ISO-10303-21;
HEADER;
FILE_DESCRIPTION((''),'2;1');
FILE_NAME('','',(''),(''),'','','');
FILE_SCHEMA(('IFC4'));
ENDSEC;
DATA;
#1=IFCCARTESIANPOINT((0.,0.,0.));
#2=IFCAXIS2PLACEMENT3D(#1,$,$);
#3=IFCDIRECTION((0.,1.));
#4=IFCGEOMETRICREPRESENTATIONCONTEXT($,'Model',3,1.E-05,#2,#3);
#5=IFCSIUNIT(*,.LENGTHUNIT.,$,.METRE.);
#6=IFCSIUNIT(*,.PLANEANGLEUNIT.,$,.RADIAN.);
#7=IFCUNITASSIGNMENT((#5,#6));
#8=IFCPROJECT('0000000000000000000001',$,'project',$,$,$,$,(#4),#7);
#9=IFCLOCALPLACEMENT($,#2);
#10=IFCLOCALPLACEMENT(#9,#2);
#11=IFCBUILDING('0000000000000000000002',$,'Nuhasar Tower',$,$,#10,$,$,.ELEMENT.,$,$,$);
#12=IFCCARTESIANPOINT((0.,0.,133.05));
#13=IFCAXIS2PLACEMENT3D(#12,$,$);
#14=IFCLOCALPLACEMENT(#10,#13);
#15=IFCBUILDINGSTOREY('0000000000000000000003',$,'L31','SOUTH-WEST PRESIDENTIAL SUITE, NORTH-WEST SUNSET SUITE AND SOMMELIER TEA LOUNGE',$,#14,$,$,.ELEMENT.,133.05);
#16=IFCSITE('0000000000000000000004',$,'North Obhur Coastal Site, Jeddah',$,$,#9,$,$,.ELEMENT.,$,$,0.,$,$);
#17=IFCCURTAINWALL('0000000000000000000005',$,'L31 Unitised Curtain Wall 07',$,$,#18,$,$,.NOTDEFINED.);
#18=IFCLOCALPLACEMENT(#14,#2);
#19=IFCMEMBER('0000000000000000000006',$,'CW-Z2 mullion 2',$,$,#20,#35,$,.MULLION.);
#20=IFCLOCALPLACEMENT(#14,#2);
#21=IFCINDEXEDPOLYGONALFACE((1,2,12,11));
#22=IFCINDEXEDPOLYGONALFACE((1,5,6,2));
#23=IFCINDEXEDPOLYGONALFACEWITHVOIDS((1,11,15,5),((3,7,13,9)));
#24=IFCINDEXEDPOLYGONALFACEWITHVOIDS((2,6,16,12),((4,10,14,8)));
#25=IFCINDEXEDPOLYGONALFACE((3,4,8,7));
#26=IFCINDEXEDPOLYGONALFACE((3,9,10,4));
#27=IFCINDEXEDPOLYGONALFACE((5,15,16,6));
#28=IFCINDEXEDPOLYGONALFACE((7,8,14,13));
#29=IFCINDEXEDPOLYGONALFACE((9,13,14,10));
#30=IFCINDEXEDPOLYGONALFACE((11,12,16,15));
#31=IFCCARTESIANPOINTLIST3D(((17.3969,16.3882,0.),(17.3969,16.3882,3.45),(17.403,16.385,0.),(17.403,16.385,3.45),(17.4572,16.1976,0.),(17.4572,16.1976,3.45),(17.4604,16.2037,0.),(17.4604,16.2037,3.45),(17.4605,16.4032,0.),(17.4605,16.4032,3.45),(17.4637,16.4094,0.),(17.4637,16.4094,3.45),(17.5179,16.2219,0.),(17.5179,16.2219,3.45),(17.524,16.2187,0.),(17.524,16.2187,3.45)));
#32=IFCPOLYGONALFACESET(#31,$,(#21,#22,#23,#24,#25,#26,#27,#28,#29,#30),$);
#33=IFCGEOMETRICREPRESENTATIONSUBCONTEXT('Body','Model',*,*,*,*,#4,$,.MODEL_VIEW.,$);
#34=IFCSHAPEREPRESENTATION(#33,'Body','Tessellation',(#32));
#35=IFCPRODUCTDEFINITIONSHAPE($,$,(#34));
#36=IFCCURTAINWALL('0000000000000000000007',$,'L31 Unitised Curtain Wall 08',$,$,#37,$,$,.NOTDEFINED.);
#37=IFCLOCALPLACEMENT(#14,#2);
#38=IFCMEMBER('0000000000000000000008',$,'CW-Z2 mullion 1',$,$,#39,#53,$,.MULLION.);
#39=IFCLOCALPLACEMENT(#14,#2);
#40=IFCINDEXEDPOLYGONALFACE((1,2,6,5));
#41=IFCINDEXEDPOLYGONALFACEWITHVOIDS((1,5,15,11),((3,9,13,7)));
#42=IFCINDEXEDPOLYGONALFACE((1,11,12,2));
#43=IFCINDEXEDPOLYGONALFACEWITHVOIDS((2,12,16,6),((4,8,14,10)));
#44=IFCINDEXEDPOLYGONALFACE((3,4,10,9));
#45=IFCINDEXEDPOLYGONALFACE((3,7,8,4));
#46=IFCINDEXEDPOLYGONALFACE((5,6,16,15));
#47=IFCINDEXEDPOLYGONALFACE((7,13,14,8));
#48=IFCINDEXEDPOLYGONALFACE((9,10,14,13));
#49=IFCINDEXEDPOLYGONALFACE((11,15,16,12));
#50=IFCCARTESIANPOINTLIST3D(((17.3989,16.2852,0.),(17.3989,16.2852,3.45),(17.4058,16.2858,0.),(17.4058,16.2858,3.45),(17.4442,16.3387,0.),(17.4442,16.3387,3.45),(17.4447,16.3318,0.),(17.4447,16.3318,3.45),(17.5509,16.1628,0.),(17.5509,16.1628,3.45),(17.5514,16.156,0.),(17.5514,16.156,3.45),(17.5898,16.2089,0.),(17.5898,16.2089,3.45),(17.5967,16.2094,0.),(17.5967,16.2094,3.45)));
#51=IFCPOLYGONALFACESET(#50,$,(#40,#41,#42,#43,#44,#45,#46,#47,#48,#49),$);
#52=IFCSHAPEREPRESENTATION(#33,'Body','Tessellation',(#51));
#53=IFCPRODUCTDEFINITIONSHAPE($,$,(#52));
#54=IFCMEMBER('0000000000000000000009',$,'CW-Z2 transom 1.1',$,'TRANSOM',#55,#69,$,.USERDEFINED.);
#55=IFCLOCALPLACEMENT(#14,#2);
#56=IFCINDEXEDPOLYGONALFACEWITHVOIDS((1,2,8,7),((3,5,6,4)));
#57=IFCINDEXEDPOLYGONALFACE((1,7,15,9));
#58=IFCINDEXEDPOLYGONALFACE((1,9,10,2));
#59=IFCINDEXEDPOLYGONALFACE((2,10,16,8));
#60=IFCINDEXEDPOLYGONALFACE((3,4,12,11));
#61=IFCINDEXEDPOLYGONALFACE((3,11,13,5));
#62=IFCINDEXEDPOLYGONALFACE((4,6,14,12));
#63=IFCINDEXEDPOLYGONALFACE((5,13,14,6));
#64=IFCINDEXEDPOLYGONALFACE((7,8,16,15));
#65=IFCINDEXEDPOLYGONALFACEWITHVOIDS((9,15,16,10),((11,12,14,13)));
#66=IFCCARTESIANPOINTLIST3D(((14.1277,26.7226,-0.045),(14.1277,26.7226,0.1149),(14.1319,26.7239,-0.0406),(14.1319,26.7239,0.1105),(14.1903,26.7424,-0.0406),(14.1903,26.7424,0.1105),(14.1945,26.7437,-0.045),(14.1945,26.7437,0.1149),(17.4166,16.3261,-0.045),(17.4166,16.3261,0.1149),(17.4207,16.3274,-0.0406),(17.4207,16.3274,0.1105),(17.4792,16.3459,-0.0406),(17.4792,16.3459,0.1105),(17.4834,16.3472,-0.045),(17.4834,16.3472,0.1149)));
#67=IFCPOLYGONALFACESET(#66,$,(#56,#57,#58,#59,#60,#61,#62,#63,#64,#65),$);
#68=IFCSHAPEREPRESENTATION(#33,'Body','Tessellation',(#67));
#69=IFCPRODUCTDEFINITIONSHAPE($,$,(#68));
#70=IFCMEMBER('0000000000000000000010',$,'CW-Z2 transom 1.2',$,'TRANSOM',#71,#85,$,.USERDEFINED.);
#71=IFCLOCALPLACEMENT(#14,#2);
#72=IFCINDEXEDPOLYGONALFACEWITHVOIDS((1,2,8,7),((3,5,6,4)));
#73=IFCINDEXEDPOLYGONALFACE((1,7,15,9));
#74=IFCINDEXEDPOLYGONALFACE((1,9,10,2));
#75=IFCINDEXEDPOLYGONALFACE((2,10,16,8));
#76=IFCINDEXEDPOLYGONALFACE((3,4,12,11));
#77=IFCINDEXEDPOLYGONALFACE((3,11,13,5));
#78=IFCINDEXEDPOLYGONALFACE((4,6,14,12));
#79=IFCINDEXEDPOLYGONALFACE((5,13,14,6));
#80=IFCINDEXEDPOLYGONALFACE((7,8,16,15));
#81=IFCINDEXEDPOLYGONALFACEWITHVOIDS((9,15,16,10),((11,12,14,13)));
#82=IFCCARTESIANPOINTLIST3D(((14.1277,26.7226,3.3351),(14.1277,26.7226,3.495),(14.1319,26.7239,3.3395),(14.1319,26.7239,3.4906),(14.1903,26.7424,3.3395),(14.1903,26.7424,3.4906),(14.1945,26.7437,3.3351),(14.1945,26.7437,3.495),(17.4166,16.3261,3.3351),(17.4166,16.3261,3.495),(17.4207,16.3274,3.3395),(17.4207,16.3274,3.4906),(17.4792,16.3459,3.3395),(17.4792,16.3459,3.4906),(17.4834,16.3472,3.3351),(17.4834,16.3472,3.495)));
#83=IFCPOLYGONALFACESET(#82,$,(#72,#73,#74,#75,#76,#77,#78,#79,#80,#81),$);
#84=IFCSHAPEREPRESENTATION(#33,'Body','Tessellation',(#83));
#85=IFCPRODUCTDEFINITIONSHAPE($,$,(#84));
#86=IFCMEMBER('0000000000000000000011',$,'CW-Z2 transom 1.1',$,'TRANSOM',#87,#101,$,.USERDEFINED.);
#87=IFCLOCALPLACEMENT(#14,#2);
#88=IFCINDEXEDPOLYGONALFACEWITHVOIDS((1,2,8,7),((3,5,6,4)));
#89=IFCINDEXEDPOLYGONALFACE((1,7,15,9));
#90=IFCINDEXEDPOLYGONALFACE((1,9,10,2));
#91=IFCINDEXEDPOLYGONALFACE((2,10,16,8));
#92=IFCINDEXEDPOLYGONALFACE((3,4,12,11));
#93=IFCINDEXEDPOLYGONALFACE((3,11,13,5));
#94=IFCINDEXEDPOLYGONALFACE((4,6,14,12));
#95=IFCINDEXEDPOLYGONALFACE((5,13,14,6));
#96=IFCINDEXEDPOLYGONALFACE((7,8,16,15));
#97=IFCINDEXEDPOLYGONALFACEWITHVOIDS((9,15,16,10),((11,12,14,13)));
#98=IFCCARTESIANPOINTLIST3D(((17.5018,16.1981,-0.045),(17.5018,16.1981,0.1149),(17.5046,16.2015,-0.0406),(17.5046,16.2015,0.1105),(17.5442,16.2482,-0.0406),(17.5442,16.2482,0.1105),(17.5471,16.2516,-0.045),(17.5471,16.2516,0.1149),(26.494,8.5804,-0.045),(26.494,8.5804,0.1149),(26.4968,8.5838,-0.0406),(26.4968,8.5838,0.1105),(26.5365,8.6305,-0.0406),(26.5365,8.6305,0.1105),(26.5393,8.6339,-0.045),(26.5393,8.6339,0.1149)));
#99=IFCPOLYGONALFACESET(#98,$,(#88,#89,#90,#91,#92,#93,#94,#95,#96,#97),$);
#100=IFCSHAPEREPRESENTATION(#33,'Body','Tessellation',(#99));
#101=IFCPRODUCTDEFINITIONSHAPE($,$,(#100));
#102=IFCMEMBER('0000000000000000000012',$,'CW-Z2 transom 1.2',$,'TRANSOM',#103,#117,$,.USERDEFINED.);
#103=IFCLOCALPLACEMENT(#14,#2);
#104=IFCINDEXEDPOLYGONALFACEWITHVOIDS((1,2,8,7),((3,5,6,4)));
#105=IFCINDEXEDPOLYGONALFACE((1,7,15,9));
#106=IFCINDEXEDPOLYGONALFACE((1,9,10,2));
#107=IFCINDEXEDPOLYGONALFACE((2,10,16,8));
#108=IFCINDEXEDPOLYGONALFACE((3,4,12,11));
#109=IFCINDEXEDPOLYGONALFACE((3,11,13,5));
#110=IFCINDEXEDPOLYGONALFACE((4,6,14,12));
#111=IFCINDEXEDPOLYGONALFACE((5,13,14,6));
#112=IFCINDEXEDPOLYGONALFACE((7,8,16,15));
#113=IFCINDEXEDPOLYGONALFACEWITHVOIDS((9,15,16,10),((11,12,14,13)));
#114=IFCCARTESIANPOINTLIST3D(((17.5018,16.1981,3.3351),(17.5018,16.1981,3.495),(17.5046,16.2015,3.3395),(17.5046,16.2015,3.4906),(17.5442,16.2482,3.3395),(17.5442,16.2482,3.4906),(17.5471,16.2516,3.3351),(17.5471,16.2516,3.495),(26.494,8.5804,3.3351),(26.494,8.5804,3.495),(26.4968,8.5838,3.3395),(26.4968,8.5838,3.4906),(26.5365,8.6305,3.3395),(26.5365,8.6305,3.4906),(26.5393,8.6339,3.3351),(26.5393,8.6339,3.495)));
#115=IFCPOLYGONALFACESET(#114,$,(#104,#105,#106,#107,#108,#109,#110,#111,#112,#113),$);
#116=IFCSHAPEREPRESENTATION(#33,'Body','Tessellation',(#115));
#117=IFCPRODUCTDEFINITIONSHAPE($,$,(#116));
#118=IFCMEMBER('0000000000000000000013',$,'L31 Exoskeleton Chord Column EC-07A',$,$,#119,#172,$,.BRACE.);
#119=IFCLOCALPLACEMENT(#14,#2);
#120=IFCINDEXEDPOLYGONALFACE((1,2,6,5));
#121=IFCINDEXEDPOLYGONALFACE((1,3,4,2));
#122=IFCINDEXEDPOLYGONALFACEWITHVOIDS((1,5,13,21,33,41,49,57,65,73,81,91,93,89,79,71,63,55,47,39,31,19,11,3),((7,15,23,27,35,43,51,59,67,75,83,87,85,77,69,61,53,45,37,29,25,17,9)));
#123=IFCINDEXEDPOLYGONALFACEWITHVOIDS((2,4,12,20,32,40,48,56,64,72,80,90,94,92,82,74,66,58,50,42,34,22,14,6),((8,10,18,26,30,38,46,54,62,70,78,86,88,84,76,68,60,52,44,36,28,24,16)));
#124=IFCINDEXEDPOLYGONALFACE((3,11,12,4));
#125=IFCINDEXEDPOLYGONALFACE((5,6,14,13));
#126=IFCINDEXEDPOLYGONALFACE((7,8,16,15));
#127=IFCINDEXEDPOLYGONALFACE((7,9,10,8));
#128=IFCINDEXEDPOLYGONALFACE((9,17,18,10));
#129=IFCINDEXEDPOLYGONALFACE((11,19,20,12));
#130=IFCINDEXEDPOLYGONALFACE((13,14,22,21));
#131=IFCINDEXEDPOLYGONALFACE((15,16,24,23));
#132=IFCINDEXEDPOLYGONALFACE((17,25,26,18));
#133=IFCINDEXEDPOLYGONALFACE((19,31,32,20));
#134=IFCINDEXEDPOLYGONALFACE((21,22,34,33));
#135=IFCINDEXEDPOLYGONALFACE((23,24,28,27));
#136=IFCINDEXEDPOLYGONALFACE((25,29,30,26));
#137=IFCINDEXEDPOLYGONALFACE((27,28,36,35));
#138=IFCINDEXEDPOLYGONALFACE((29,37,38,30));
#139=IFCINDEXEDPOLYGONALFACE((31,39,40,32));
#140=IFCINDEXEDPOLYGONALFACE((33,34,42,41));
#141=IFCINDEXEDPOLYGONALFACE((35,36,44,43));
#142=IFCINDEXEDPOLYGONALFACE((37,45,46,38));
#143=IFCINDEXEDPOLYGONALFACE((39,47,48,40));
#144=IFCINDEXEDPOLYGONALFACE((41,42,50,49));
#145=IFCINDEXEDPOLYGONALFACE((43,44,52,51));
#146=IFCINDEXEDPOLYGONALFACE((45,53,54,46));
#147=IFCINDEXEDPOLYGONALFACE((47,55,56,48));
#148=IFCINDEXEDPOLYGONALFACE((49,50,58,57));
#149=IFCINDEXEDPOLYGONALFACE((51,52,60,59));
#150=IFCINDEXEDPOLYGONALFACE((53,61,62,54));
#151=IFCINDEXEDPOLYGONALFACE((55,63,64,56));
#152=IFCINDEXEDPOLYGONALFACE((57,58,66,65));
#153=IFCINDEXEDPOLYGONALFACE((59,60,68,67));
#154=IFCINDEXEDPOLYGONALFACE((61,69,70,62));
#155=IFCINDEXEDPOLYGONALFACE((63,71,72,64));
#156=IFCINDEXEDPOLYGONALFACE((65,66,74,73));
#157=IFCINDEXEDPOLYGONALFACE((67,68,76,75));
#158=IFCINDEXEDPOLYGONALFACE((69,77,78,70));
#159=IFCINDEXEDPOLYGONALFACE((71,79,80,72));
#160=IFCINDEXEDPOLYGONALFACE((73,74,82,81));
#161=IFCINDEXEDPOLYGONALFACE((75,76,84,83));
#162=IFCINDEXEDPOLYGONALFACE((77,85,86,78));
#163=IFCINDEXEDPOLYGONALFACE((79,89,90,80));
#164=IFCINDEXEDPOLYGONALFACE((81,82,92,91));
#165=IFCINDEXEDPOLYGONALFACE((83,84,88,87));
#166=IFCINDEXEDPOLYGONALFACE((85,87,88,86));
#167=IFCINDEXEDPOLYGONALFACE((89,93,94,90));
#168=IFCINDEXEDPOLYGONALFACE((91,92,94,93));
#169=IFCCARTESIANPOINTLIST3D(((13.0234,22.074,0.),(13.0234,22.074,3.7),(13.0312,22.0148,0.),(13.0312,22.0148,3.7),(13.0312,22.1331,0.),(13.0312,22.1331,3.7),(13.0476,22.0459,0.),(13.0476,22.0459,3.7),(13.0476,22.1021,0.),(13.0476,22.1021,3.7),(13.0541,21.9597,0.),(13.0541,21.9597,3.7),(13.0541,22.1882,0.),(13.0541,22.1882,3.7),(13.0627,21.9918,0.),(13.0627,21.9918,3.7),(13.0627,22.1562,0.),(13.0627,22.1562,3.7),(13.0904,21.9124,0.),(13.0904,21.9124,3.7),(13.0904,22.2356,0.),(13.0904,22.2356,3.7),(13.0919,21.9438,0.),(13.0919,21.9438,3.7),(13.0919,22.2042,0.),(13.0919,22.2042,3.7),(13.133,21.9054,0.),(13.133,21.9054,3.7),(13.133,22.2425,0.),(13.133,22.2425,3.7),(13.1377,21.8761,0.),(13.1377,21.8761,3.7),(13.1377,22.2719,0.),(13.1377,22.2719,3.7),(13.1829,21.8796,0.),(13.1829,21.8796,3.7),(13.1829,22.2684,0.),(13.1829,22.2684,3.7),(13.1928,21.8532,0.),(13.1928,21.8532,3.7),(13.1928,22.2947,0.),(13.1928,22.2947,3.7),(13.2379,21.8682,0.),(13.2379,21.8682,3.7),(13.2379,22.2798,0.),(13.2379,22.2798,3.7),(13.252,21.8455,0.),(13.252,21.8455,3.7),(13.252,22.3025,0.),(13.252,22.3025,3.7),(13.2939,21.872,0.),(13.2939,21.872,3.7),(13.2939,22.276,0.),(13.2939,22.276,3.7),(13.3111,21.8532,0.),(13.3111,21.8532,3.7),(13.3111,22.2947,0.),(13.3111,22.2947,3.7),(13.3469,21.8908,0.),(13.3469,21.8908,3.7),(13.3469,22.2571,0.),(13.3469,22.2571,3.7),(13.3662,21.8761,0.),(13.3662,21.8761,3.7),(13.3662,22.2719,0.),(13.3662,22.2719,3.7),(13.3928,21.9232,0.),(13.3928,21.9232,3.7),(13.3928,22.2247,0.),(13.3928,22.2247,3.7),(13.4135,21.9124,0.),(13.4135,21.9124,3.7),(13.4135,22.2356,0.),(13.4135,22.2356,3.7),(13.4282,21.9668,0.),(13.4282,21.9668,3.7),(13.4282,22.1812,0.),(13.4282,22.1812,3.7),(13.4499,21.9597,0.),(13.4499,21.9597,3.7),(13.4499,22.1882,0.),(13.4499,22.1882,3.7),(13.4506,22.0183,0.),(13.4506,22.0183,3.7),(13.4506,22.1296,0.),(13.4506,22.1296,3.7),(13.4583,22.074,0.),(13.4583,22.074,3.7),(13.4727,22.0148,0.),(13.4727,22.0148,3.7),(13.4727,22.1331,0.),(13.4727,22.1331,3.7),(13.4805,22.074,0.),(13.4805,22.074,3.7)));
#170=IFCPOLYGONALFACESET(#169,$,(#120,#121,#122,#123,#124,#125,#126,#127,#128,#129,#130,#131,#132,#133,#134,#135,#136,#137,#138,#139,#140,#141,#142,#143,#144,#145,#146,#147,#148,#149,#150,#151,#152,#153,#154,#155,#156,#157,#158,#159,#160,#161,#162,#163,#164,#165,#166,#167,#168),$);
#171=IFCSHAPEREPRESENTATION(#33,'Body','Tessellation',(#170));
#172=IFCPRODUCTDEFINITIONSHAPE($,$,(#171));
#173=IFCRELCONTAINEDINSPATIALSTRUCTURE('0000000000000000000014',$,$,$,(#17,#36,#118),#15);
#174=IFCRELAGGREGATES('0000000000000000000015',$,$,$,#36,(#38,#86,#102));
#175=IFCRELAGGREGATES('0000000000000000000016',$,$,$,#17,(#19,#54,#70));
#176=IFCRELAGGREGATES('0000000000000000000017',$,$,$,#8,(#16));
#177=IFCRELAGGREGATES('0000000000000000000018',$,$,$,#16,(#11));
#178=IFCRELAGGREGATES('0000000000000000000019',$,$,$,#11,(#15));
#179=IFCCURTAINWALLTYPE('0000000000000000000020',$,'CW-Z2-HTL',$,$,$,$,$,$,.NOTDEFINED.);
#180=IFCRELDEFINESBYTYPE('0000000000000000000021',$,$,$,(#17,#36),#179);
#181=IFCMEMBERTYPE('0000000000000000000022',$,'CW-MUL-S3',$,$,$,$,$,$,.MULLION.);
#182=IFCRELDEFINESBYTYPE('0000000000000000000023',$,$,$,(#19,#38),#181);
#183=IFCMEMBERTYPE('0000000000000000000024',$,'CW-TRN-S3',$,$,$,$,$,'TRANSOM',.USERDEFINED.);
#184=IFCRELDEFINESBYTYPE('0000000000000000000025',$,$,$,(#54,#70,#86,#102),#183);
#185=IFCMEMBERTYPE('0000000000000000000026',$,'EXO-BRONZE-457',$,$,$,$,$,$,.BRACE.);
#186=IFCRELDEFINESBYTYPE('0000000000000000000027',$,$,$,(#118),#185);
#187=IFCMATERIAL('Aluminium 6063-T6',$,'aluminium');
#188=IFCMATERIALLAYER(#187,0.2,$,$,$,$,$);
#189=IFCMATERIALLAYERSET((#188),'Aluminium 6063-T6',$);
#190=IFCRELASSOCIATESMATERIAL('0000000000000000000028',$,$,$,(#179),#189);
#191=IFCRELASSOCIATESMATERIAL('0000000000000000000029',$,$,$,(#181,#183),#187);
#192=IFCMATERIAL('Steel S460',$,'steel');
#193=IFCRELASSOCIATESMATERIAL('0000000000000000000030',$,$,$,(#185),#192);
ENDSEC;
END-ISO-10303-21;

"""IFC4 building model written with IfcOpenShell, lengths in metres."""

from ifc_helpers import new_model, si_unit, direction, frame, origin, origin_2d, place, context, subcontext, project, spatial, hollow_rectangle, hollow_circle, extrude, material, layer, layer_set, material_profile, profile_set, type_object, element, aggregate, save


model = new_model("IFC4")

# Units and contexts
model_context = context("Model", 3, precision=1e-05, world=origin(), true_north=direction((0.0, 1.0)))
body_context = subcontext(model_context, "Body", "Model", "MODEL_VIEW")
ifc_project = project(units=[si_unit("LENGTHUNIT", "METRE"), si_unit("PLANEANGLEUNIT", "RADIAN")], contexts=[model_context])

# Site, building, storey
site_placement = place(None, origin())
site = spatial("IfcSite", under=ifc_project, at=site_placement, Name="North Obhur Coastal Site, Jeddah", CompositionType="ELEMENT", RefElevation=0.0)
building_placement = place(site_placement, origin())
building = spatial("IfcBuilding", under=site, at=building_placement, Name="Nuhasar Tower", CompositionType="ELEMENT")
storey_placement = place(building_placement, frame((0.0, 0.0, 133.05)))
storey = spatial("IfcBuildingStorey", under=building, at=storey_placement, Name="L31", Description="SOUTH-WEST PRESIDENTIAL SUITE, NORTH-WEST SUNSET SUITE AND SOMMELIER TEA LOUNGE", CompositionType="ELEMENT", Elevation=133.05)

# Curtain wall, member
ifc_material_1 = material(Name="Aluminium 6063-T6", Category="aluminium")
ifc_layer_1 = layer(ifc_material_1, 0.2)
ifc_layer_set_1 = layer_set([ifc_layer_1], Name="Aluminium 6063-T6")
curtain_wall_type = type_object("IfcCurtainWallType", Name="CW-Z2-HTL", PredefinedType="NOTDEFINED", material=ifc_layer_set_1)
curtain_wall_1_placement = place(storey_placement, origin())
curtain_wall_1 = element("IfcCurtainWall", 1, at=curtain_wall_1_placement, inside=storey, type_object=curtain_wall_type, Name="L31 Unitised Curtain Wall 07", PredefinedType="NOTDEFINED")
ifc_material_profile_1 = material_profile(ifc_material_1, hollow_rectangle(XDim=0.0701, YDim=0.2, WallThickness=0.0049, at=origin_2d()), Name="CWM-3")
ifc_profile_set_1 = profile_set([ifc_material_profile_1], Name="Aluminium 6063-T6")
member_type_1 = type_object("IfcMemberType", Name="CW-MUL-S3", PredefinedType="MULLION", material=ifc_profile_set_1)
member_1_placement = place(storey_placement, frame((17.4604, 16.3035, 0.0), z_axis=(0.0, 0.0, 1.0), x_axis=(0.953433, 0.301604, 0.0)))
member_1 = element("IfcMember", 2, at=member_1_placement, type_object=member_type_1, Name="CW-Z2 mullion 2", PredefinedType="MULLION", context=body_context, shape_type="SweptSolid", body=[
    extrude(hollow_rectangle(XDim=0.0701, YDim=0.2, WallThickness=0.0049, at=origin_2d()), origin(), (0.0, 0.0, 1.0), 3.45),
])

# Curtain wall, member
curtain_wall_2_placement = place(storey_placement, origin())
curtain_wall_2 = element("IfcCurtainWall", 3, at=curtain_wall_2_placement, inside=storey, type_object=curtain_wall_type, Name="L31 Unitised Curtain Wall 08", PredefinedType="NOTDEFINED")
member_2_placement = place(storey_placement, frame((17.4978, 16.2473, 0.0), z_axis=(0.0, 0.0, 1.0), x_axis=(0.646374, 0.76302, 0.0)))
member_2 = element("IfcMember", 4, at=member_2_placement, type_object=member_type_1, Name="CW-Z2 mullion 1", PredefinedType="MULLION", context=body_context, shape_type="SweptSolid", body=[
    extrude(hollow_rectangle(XDim=0.0701, YDim=0.2, WallThickness=0.0049, at=origin_2d()), origin(), (0.0, 0.0, 1.0), 3.45),
])

# Members
ifc_material_profile_2 = material_profile(ifc_material_1, hollow_rectangle(XDim=0.0701, YDim=0.1599, WallThickness=0.0044, at=origin_2d()), Name="CWT-3")
ifc_profile_set_2 = profile_set([ifc_material_profile_2], Name="Aluminium 6063-T6")
member_type_2 = type_object("IfcMemberType", Name="CW-TRN-S3", ElementType="TRANSOM", PredefinedType="USERDEFINED", material=ifc_profile_set_2)
member_3_placement = place(storey_placement, frame((14.1611, 26.7332, 0.0349), z_axis=(0.301608, -0.953432, 0.0), x_axis=(0.953432, 0.301608, 0.0)))
member_3 = element("IfcMember", 5, at=member_3_placement, type_object=member_type_2, Name="CW-Z2 transom 1.1", ObjectType="TRANSOM", PredefinedType="USERDEFINED", context=body_context, shape_type="SweptSolid", body=[
    extrude(hollow_rectangle(XDim=0.0701, YDim=0.1599, WallThickness=0.0044, at=origin_2d()), origin(), (0.0, 0.0, 1.0), 10.9043),
])
member_4_placement = place(storey_placement, frame((14.1611, 26.7332, 3.415), z_axis=(0.301608, -0.953432, 0.0), x_axis=(0.953432, 0.301608, 0.0)))
member_4 = element("IfcMember", 6, at=member_4_placement, type_object=member_type_2, Name="CW-Z2 transom 1.2", ObjectType="TRANSOM", PredefinedType="USERDEFINED", context=body_context, shape_type="SweptSolid", body=[
    extrude(hollow_rectangle(XDim=0.0701, YDim=0.1599, WallThickness=0.0044, at=origin_2d()), origin(), (0.0, 0.0, 1.0), 10.9043),
])
member_5_placement = place(storey_placement, frame((17.5244, 16.2249, 0.0349), z_axis=(0.763014, -0.646382, 0.0), x_axis=(0.646382, 0.763014, 0.0)))
member_5 = element("IfcMember", 7, at=member_5_placement, type_object=member_type_2, Name="CW-Z2 transom 1.1", ObjectType="TRANSOM", PredefinedType="USERDEFINED", context=body_context, shape_type="SweptSolid", body=[
    extrude(hollow_rectangle(XDim=0.0701, YDim=0.1599, WallThickness=0.0044, at=origin_2d()), origin(), (0.0, 0.0, 1.0), 11.7852),
])
member_6_placement = place(storey_placement, frame((17.5244, 16.2249, 3.415), z_axis=(0.763014, -0.646382, 0.0), x_axis=(0.646382, 0.763014, 0.0)))
member_6 = element("IfcMember", 8, at=member_6_placement, type_object=member_type_2, Name="CW-Z2 transom 1.2", ObjectType="TRANSOM", PredefinedType="USERDEFINED", context=body_context, shape_type="SweptSolid", body=[
    extrude(hollow_rectangle(XDim=0.0701, YDim=0.1599, WallThickness=0.0044, at=origin_2d()), origin(), (0.0, 0.0, 1.0), 11.7852),
])
aggregate(curtain_wall_2, [member_2, member_5, member_6])

# Member
ifc_material_2 = material(Name="Steel S460", Category="steel")
ifc_material_profile_3 = material_profile(ifc_material_2, hollow_circle(Radius=0.2285, WallThickness=0.0222, at=origin_2d()), Name="HSS457X22.2")
ifc_profile_set_3 = profile_set([ifc_material_profile_3], Name="Steel S460")
member_type_3 = type_object("IfcMemberType", Name="EXO-BRONZE-457", PredefinedType="BRACE", material=ifc_profile_set_3)
for number, where, z_axis, x_axis, name in (
    (9, (13.252, 22.074, 0.0), (0.0, 0.0, 1.0), (1.0, 0.0, 0.0), "L31 Exoskeleton Chord Column EC-07A"),
):
    element("IfcMember", number, at=place(storey_placement, frame(where, z_axis=z_axis, x_axis=x_axis)), inside=storey, type_object=member_type_3, Name=name, PredefinedType="BRACE", context=body_context, shape_type="SweptSolid", body=[
        extrude(hollow_circle(Radius=0.2285, WallThickness=0.0222, at=origin_2d()), origin(), (0.0, 0.0, 1.0), 3.7),
    ])

aggregate(curtain_wall_1, [member_1, member_3, member_4])

save(model, "model.ifc")
